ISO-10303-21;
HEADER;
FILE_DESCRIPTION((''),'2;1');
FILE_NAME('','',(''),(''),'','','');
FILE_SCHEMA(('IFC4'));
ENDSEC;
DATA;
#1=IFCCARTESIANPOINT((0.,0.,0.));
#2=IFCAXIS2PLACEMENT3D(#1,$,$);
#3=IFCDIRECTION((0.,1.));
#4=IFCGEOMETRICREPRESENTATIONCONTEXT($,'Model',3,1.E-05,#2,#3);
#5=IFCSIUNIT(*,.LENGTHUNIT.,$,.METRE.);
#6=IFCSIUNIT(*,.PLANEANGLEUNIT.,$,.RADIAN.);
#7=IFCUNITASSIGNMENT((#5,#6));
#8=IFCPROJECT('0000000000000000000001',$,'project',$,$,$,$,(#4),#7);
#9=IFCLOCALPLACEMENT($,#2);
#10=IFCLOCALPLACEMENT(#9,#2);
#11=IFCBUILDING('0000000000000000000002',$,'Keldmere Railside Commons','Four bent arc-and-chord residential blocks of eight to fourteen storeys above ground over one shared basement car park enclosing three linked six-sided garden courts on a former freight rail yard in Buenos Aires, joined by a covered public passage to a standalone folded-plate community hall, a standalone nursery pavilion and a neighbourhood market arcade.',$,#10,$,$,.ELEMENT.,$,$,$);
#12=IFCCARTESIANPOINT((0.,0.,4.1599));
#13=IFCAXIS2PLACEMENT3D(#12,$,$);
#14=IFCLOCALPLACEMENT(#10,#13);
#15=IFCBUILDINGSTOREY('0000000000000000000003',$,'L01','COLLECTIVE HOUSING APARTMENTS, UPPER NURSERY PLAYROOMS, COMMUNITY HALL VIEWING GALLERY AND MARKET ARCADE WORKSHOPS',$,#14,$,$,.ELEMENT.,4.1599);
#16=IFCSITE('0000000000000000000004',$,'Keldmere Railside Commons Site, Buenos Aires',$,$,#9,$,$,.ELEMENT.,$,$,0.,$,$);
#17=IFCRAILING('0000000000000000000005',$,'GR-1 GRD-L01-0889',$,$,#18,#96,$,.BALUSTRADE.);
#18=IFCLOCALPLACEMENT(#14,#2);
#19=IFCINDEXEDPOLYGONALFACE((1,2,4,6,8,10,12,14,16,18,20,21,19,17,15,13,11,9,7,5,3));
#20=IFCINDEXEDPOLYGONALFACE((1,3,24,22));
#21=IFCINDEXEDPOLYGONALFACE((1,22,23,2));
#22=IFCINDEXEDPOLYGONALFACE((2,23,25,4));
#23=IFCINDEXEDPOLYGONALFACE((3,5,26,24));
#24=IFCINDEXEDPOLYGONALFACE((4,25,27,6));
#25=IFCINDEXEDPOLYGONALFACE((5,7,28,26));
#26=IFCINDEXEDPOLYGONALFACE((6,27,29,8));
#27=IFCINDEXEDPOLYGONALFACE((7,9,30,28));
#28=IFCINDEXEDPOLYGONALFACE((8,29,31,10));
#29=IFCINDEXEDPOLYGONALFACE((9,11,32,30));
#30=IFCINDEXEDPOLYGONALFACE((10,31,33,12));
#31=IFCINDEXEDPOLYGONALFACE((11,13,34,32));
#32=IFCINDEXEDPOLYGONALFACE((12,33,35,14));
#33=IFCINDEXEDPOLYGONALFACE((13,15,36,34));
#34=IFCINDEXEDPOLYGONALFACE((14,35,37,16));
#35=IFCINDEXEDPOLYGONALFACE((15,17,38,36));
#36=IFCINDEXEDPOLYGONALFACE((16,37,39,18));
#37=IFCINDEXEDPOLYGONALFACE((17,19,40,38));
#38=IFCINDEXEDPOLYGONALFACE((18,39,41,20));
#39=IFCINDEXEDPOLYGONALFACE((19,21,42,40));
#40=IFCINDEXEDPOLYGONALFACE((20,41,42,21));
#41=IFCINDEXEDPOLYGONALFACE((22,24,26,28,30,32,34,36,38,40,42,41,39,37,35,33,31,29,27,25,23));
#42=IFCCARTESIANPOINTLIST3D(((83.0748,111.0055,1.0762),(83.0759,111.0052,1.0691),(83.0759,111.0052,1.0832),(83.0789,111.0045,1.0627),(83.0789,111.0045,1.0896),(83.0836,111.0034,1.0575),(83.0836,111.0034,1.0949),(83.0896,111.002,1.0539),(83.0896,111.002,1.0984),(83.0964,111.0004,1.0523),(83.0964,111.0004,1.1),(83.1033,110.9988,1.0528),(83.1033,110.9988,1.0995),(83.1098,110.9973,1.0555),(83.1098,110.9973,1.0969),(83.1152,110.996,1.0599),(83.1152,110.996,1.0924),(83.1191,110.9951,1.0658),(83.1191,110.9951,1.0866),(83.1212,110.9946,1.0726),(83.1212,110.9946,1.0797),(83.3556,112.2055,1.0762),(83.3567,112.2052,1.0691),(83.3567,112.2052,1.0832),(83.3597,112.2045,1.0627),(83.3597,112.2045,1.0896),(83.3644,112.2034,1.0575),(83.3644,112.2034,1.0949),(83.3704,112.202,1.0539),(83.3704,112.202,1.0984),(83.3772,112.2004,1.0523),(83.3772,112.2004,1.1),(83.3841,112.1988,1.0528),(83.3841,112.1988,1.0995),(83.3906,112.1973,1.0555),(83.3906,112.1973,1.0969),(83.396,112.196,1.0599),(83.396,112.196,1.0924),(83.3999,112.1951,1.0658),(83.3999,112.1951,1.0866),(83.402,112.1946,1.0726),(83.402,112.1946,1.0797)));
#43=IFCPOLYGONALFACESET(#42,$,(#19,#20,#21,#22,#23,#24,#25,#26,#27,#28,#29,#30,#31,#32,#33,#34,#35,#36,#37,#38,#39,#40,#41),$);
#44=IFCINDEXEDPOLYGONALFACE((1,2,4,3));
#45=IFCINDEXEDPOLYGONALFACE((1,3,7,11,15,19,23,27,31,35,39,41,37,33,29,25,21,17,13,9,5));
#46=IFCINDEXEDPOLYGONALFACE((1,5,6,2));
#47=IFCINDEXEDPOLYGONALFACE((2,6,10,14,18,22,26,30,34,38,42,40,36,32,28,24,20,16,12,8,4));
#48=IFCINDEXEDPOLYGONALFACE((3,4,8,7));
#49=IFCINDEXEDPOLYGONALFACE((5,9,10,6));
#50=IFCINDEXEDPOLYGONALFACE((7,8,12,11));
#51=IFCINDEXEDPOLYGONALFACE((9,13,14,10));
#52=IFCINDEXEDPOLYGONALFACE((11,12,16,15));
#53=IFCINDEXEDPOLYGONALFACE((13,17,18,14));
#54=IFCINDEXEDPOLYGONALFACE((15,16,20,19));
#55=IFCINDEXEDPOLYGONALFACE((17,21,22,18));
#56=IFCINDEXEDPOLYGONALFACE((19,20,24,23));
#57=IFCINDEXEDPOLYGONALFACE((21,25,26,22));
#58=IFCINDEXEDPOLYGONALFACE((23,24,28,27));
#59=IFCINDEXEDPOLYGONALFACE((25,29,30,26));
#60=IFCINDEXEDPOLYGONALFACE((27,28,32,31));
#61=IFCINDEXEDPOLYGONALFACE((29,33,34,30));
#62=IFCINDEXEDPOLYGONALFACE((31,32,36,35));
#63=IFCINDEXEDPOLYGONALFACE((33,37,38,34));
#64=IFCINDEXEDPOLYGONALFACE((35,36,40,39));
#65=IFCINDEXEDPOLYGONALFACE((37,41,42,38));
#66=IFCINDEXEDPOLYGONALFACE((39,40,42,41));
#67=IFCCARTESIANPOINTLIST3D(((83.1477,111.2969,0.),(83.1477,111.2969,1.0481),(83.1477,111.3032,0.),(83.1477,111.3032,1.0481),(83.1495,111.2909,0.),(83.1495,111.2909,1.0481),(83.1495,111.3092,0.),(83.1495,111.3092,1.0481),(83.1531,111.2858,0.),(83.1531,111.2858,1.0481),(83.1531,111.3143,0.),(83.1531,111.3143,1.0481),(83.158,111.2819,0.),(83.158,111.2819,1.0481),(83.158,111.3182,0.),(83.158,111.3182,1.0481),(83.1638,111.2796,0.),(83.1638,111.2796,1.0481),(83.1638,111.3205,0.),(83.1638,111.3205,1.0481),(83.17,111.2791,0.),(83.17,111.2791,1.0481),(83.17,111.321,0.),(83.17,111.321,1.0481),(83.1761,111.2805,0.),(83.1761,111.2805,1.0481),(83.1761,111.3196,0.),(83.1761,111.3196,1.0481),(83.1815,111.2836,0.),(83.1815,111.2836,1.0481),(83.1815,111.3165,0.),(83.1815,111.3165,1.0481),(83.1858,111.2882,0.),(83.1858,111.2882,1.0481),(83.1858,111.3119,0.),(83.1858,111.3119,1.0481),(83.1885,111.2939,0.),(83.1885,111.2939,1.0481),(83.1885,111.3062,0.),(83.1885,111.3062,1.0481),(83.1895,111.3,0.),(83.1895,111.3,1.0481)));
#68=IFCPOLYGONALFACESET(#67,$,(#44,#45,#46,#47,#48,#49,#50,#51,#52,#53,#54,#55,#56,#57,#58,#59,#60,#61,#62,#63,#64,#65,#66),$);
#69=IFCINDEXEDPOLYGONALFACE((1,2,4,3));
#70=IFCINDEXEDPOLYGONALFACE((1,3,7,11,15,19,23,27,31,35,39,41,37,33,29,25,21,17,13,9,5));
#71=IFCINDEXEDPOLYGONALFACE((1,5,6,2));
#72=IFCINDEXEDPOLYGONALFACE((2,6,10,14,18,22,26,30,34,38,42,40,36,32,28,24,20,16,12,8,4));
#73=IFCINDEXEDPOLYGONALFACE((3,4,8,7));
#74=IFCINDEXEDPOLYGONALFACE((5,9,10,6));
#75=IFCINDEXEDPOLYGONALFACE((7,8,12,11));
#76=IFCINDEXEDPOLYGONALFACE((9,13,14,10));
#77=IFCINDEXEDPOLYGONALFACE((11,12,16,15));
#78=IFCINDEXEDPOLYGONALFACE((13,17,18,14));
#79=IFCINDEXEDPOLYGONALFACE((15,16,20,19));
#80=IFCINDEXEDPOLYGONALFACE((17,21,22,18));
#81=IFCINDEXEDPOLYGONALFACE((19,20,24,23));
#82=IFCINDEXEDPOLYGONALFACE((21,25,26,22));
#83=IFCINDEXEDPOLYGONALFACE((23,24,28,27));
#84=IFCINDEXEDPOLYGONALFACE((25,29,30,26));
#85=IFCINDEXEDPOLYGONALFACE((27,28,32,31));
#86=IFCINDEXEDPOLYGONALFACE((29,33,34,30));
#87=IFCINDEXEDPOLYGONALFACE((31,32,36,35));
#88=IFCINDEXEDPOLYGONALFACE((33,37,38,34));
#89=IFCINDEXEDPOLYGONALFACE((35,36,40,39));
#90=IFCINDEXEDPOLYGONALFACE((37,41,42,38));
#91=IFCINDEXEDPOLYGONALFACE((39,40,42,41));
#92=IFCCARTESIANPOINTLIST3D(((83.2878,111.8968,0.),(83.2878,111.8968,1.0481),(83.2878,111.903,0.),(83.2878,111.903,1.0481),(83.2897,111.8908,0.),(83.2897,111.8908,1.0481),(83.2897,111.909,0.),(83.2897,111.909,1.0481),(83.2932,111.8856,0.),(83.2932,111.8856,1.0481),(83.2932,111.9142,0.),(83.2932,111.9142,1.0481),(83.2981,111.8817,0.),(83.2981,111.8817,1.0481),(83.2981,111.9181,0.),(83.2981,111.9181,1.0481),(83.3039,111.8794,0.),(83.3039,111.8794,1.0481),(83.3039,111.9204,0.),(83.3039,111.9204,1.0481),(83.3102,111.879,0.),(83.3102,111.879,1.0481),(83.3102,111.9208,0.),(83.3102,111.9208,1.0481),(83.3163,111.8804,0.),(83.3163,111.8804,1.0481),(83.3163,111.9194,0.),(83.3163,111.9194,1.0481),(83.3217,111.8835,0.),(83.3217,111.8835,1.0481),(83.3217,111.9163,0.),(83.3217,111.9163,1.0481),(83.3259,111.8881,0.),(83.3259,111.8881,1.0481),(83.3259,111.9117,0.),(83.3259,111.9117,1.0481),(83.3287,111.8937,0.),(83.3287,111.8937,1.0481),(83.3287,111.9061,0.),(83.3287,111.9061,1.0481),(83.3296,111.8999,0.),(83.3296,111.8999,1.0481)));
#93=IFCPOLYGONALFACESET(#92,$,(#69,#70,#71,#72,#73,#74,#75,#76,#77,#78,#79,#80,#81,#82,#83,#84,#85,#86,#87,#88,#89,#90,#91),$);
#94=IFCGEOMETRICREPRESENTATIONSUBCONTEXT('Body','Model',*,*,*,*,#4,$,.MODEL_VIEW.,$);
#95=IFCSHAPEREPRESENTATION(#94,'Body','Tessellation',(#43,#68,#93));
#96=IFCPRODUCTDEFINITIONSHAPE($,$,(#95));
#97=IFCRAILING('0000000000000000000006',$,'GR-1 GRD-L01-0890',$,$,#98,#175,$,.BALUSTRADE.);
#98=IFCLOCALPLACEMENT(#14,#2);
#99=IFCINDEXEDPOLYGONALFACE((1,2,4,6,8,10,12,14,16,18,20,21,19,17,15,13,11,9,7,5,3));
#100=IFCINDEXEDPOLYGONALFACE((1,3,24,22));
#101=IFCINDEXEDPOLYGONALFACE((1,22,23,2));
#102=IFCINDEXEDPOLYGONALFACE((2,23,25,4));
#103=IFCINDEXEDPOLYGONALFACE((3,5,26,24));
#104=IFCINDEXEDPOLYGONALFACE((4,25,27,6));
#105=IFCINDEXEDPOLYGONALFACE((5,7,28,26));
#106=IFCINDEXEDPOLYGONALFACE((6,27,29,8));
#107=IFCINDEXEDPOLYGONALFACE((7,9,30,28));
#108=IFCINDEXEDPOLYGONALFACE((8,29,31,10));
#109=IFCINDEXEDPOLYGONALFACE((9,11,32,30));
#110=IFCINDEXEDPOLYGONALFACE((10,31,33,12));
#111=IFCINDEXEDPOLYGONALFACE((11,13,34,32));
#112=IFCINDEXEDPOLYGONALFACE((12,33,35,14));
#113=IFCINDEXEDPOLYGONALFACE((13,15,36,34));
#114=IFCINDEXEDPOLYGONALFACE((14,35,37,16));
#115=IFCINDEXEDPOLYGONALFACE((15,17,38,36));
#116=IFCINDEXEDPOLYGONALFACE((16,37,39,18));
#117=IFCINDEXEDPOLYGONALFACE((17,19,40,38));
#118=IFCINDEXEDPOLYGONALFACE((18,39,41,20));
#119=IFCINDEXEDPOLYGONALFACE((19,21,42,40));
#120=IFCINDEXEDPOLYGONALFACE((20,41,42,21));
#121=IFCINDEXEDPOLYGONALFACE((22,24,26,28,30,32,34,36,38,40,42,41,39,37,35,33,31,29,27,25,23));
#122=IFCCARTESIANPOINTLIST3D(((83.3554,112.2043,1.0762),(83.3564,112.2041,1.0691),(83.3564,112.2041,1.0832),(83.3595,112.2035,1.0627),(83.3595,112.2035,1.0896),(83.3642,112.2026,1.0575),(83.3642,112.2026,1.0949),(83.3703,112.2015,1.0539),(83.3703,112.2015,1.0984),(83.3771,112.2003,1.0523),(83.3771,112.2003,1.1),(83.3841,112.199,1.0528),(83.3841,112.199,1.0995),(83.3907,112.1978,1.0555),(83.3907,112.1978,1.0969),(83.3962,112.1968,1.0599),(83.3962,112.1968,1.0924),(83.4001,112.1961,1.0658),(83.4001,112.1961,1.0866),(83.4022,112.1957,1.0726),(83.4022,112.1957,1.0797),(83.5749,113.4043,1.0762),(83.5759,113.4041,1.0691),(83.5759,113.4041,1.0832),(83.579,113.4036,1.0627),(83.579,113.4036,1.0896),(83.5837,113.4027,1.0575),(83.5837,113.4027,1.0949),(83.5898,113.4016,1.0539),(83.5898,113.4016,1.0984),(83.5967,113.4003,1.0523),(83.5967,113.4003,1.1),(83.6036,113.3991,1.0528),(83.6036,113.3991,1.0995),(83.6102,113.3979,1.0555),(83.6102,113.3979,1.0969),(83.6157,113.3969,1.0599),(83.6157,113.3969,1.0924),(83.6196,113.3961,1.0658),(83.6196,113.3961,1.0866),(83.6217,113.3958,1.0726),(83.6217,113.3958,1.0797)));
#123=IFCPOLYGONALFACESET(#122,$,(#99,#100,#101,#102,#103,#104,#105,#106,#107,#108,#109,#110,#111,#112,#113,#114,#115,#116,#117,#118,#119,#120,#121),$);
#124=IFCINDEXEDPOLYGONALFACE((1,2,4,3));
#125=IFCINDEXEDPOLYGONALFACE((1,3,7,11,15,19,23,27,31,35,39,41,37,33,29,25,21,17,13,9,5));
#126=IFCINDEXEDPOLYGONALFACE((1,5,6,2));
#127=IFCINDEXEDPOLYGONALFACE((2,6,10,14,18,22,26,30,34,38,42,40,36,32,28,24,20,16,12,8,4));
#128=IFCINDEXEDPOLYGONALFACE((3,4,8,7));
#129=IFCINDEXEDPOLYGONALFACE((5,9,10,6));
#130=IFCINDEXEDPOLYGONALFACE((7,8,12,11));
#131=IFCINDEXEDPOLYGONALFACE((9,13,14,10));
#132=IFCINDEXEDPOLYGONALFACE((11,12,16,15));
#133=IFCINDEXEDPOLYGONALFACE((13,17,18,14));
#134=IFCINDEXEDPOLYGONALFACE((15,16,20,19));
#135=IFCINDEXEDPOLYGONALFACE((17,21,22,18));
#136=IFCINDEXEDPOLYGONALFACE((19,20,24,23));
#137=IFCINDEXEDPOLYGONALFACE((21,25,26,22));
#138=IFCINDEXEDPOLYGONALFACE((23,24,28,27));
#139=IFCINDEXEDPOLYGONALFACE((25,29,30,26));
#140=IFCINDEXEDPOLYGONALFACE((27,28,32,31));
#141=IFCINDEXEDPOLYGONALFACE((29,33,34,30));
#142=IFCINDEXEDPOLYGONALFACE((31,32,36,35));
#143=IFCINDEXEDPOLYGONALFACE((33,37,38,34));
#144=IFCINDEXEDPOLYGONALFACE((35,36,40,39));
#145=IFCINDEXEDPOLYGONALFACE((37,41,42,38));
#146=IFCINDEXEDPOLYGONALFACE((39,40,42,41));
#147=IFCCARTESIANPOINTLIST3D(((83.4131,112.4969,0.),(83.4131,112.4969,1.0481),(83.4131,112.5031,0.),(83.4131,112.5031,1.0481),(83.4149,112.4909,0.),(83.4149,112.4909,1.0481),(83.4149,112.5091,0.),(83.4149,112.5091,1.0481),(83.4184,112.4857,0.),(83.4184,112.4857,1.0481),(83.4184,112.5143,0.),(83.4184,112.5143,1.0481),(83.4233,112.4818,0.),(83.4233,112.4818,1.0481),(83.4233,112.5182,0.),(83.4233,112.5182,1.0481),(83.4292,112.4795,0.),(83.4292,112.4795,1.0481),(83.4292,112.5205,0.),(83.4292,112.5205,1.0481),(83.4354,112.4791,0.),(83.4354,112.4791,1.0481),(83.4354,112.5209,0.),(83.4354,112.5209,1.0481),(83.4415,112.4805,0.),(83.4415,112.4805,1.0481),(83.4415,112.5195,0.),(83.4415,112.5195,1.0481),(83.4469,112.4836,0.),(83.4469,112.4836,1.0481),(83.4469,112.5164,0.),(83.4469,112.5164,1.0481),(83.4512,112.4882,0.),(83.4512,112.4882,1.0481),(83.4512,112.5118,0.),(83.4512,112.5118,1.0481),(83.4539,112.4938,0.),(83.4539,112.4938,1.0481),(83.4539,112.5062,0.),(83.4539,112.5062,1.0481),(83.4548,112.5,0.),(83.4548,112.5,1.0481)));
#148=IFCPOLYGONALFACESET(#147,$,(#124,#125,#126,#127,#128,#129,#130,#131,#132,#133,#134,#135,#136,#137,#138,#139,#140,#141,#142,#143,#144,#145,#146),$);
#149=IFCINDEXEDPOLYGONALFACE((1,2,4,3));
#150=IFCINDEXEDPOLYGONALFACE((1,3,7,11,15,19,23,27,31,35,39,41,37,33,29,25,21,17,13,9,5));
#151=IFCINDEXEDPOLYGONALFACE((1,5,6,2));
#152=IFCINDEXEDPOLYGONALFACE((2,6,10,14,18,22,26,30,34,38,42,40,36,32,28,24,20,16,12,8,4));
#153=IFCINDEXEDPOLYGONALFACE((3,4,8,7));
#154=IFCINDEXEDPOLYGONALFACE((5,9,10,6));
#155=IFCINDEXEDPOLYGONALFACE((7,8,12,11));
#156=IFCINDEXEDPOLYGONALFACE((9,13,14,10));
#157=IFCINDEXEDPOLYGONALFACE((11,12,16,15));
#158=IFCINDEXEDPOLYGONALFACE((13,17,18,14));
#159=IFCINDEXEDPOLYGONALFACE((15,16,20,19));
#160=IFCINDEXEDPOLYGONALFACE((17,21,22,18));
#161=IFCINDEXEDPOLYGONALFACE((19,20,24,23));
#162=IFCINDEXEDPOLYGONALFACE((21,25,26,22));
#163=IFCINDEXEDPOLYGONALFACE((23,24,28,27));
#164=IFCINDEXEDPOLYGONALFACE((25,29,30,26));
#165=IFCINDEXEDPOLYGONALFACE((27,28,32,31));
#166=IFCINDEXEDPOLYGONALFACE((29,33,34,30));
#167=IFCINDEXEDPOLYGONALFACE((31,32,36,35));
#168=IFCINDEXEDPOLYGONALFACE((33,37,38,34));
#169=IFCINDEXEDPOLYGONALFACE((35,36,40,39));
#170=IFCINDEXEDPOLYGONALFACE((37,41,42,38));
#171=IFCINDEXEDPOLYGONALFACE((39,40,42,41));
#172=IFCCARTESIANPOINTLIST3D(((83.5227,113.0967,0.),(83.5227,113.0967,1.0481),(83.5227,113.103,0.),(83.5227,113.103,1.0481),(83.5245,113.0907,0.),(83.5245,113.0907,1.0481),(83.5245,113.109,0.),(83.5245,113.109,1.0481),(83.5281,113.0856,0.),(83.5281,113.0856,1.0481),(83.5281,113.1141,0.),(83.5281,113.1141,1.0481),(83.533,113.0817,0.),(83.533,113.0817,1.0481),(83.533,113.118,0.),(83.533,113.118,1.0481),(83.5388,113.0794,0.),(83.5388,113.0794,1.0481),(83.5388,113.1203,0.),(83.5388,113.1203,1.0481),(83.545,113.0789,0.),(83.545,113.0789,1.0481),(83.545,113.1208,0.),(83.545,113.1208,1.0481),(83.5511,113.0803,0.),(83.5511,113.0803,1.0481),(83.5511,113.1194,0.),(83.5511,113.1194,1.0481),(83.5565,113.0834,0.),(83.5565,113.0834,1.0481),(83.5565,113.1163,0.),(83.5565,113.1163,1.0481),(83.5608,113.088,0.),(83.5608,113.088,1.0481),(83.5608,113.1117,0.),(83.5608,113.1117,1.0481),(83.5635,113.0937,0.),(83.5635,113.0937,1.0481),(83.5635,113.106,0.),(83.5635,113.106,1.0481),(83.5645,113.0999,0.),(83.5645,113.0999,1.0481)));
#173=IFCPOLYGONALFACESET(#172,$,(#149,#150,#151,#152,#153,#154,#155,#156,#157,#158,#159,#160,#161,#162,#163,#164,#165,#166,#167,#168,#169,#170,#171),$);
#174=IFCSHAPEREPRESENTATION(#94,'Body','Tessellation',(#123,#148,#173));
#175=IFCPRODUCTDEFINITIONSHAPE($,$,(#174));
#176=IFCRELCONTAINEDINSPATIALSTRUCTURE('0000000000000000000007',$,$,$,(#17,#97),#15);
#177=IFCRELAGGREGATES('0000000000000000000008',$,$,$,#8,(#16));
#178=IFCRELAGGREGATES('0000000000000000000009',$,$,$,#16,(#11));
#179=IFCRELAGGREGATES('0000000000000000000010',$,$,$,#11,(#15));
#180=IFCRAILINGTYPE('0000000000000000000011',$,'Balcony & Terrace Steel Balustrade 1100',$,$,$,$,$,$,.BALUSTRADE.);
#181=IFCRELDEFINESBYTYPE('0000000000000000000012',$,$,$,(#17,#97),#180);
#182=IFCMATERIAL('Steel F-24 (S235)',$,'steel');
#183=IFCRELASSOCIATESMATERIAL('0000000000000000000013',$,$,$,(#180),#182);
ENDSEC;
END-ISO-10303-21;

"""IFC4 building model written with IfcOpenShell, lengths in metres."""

from ifc_helpers import new_model, si_unit, direction, frame, origin, origin_2d, place, context, subcontext, project, spatial, circle, extrude, material, type_object, element, save


model = new_model("IFC4")

# Units and contexts
model_context = context("Model", 3, precision=1e-05, world=origin(), true_north=direction((0.0, 1.0)))
body_context = subcontext(model_context, "Body", "Model", "MODEL_VIEW")
ifc_project = project(units=[si_unit("LENGTHUNIT", "METRE"), si_unit("PLANEANGLEUNIT", "RADIAN")], contexts=[model_context])

# Site, building, storey
site_placement = place(None, origin())
site = spatial("IfcSite", under=ifc_project, at=site_placement, Name="Keldmere Railside Commons Site, Buenos Aires", CompositionType="ELEMENT", RefElevation=0.0)
building_placement = place(site_placement, origin())
building = spatial("IfcBuilding", under=site, at=building_placement, Name="Keldmere Railside Commons", Description="Four bent arc-and-chord residential blocks of eight to fourteen storeys above ground over one shared basement car park enclosing three linked six-sided garden courts on a former freight rail yard in Buenos Aires, joined by a covered public passage to a standalone folded-plate community hall, a standalone nursery pavilion and a neighbourhood market arcade.", CompositionType="ELEMENT")
storey_placement = place(building_placement, frame((0.0, 0.0, 4.1599)))
storey = spatial("IfcBuildingStorey", under=building, at=storey_placement, Name="L01", Description="COLLECTIVE HOUSING APARTMENTS, UPPER NURSERY PLAYROOMS, COMMUNITY HALL VIEWING GALLERY AND MARKET ARCADE WORKSHOPS", CompositionType="ELEMENT", Elevation=4.1599)

# Shared definitions
ifc_material_1 = material(Name="Steel F-24 (S235)", Category="steel")

# Railings
railing_type = type_object("IfcRailingType", Name="Balcony & Terrace Steel Balustrade 1100", PredefinedType="BALUSTRADE", material=ifc_material_1)
railing_1_placement = place(storey_placement, frame((83.0981, 111.0, 0.0)))
element("IfcRailing", 1, at=railing_1_placement, inside=storey, type_object=railing_type, Name="GR-1 GRD-L01-0889", PredefinedType="BALUSTRADE", context=body_context, shape_type="SweptSolid", body=[
    extrude(circle(Radius=0.0239, at=origin_2d()), frame((0.0, 0.0, 1.0762), z_axis=(0.227825, 0.973702, 0.0), x_axis=(-0.973702, 0.227825, 0.0)), (0.0, 0.0, 1.0), 1.2324),
    extrude(circle(Radius=0.021, at=origin_2d()), frame((0.0703, 0.3, 0.0)), (0.0, 0.0, 1.0), 1.0481),
    extrude(circle(Radius=0.021, at=origin_2d()), frame((0.2104, 0.8999, 0.0)), (0.0, 0.0, 1.0), 1.0481),
])
railing_2_placement = place(storey_placement, frame((83.3789, 112.2, 0.0)))
element("IfcRailing", 2, at=railing_2_placement, inside=storey, type_object=railing_type, Name="GR-1 GRD-L01-0890", PredefinedType="BALUSTRADE", context=body_context, shape_type="SweptSolid", body=[
    extrude(circle(Radius=0.0239, at=origin_2d()), frame((0.0, 0.0, 1.0762), z_axis=(0.179924, 0.98368, 0.0), x_axis=(-0.98368, 0.179924, 0.0)), (0.0, 0.0, 1.0), 1.22),
    extrude(circle(Radius=0.021, at=origin_2d()), frame((0.0549, 0.3, 0.0)), (0.0, 0.0, 1.0), 1.0481),
    extrude(circle(Radius=0.021, at=origin_2d()), frame((0.1646, 0.8999, 0.0)), (0.0, 0.0, 1.0), 1.0481),
])

save(model, "model.ifc")
